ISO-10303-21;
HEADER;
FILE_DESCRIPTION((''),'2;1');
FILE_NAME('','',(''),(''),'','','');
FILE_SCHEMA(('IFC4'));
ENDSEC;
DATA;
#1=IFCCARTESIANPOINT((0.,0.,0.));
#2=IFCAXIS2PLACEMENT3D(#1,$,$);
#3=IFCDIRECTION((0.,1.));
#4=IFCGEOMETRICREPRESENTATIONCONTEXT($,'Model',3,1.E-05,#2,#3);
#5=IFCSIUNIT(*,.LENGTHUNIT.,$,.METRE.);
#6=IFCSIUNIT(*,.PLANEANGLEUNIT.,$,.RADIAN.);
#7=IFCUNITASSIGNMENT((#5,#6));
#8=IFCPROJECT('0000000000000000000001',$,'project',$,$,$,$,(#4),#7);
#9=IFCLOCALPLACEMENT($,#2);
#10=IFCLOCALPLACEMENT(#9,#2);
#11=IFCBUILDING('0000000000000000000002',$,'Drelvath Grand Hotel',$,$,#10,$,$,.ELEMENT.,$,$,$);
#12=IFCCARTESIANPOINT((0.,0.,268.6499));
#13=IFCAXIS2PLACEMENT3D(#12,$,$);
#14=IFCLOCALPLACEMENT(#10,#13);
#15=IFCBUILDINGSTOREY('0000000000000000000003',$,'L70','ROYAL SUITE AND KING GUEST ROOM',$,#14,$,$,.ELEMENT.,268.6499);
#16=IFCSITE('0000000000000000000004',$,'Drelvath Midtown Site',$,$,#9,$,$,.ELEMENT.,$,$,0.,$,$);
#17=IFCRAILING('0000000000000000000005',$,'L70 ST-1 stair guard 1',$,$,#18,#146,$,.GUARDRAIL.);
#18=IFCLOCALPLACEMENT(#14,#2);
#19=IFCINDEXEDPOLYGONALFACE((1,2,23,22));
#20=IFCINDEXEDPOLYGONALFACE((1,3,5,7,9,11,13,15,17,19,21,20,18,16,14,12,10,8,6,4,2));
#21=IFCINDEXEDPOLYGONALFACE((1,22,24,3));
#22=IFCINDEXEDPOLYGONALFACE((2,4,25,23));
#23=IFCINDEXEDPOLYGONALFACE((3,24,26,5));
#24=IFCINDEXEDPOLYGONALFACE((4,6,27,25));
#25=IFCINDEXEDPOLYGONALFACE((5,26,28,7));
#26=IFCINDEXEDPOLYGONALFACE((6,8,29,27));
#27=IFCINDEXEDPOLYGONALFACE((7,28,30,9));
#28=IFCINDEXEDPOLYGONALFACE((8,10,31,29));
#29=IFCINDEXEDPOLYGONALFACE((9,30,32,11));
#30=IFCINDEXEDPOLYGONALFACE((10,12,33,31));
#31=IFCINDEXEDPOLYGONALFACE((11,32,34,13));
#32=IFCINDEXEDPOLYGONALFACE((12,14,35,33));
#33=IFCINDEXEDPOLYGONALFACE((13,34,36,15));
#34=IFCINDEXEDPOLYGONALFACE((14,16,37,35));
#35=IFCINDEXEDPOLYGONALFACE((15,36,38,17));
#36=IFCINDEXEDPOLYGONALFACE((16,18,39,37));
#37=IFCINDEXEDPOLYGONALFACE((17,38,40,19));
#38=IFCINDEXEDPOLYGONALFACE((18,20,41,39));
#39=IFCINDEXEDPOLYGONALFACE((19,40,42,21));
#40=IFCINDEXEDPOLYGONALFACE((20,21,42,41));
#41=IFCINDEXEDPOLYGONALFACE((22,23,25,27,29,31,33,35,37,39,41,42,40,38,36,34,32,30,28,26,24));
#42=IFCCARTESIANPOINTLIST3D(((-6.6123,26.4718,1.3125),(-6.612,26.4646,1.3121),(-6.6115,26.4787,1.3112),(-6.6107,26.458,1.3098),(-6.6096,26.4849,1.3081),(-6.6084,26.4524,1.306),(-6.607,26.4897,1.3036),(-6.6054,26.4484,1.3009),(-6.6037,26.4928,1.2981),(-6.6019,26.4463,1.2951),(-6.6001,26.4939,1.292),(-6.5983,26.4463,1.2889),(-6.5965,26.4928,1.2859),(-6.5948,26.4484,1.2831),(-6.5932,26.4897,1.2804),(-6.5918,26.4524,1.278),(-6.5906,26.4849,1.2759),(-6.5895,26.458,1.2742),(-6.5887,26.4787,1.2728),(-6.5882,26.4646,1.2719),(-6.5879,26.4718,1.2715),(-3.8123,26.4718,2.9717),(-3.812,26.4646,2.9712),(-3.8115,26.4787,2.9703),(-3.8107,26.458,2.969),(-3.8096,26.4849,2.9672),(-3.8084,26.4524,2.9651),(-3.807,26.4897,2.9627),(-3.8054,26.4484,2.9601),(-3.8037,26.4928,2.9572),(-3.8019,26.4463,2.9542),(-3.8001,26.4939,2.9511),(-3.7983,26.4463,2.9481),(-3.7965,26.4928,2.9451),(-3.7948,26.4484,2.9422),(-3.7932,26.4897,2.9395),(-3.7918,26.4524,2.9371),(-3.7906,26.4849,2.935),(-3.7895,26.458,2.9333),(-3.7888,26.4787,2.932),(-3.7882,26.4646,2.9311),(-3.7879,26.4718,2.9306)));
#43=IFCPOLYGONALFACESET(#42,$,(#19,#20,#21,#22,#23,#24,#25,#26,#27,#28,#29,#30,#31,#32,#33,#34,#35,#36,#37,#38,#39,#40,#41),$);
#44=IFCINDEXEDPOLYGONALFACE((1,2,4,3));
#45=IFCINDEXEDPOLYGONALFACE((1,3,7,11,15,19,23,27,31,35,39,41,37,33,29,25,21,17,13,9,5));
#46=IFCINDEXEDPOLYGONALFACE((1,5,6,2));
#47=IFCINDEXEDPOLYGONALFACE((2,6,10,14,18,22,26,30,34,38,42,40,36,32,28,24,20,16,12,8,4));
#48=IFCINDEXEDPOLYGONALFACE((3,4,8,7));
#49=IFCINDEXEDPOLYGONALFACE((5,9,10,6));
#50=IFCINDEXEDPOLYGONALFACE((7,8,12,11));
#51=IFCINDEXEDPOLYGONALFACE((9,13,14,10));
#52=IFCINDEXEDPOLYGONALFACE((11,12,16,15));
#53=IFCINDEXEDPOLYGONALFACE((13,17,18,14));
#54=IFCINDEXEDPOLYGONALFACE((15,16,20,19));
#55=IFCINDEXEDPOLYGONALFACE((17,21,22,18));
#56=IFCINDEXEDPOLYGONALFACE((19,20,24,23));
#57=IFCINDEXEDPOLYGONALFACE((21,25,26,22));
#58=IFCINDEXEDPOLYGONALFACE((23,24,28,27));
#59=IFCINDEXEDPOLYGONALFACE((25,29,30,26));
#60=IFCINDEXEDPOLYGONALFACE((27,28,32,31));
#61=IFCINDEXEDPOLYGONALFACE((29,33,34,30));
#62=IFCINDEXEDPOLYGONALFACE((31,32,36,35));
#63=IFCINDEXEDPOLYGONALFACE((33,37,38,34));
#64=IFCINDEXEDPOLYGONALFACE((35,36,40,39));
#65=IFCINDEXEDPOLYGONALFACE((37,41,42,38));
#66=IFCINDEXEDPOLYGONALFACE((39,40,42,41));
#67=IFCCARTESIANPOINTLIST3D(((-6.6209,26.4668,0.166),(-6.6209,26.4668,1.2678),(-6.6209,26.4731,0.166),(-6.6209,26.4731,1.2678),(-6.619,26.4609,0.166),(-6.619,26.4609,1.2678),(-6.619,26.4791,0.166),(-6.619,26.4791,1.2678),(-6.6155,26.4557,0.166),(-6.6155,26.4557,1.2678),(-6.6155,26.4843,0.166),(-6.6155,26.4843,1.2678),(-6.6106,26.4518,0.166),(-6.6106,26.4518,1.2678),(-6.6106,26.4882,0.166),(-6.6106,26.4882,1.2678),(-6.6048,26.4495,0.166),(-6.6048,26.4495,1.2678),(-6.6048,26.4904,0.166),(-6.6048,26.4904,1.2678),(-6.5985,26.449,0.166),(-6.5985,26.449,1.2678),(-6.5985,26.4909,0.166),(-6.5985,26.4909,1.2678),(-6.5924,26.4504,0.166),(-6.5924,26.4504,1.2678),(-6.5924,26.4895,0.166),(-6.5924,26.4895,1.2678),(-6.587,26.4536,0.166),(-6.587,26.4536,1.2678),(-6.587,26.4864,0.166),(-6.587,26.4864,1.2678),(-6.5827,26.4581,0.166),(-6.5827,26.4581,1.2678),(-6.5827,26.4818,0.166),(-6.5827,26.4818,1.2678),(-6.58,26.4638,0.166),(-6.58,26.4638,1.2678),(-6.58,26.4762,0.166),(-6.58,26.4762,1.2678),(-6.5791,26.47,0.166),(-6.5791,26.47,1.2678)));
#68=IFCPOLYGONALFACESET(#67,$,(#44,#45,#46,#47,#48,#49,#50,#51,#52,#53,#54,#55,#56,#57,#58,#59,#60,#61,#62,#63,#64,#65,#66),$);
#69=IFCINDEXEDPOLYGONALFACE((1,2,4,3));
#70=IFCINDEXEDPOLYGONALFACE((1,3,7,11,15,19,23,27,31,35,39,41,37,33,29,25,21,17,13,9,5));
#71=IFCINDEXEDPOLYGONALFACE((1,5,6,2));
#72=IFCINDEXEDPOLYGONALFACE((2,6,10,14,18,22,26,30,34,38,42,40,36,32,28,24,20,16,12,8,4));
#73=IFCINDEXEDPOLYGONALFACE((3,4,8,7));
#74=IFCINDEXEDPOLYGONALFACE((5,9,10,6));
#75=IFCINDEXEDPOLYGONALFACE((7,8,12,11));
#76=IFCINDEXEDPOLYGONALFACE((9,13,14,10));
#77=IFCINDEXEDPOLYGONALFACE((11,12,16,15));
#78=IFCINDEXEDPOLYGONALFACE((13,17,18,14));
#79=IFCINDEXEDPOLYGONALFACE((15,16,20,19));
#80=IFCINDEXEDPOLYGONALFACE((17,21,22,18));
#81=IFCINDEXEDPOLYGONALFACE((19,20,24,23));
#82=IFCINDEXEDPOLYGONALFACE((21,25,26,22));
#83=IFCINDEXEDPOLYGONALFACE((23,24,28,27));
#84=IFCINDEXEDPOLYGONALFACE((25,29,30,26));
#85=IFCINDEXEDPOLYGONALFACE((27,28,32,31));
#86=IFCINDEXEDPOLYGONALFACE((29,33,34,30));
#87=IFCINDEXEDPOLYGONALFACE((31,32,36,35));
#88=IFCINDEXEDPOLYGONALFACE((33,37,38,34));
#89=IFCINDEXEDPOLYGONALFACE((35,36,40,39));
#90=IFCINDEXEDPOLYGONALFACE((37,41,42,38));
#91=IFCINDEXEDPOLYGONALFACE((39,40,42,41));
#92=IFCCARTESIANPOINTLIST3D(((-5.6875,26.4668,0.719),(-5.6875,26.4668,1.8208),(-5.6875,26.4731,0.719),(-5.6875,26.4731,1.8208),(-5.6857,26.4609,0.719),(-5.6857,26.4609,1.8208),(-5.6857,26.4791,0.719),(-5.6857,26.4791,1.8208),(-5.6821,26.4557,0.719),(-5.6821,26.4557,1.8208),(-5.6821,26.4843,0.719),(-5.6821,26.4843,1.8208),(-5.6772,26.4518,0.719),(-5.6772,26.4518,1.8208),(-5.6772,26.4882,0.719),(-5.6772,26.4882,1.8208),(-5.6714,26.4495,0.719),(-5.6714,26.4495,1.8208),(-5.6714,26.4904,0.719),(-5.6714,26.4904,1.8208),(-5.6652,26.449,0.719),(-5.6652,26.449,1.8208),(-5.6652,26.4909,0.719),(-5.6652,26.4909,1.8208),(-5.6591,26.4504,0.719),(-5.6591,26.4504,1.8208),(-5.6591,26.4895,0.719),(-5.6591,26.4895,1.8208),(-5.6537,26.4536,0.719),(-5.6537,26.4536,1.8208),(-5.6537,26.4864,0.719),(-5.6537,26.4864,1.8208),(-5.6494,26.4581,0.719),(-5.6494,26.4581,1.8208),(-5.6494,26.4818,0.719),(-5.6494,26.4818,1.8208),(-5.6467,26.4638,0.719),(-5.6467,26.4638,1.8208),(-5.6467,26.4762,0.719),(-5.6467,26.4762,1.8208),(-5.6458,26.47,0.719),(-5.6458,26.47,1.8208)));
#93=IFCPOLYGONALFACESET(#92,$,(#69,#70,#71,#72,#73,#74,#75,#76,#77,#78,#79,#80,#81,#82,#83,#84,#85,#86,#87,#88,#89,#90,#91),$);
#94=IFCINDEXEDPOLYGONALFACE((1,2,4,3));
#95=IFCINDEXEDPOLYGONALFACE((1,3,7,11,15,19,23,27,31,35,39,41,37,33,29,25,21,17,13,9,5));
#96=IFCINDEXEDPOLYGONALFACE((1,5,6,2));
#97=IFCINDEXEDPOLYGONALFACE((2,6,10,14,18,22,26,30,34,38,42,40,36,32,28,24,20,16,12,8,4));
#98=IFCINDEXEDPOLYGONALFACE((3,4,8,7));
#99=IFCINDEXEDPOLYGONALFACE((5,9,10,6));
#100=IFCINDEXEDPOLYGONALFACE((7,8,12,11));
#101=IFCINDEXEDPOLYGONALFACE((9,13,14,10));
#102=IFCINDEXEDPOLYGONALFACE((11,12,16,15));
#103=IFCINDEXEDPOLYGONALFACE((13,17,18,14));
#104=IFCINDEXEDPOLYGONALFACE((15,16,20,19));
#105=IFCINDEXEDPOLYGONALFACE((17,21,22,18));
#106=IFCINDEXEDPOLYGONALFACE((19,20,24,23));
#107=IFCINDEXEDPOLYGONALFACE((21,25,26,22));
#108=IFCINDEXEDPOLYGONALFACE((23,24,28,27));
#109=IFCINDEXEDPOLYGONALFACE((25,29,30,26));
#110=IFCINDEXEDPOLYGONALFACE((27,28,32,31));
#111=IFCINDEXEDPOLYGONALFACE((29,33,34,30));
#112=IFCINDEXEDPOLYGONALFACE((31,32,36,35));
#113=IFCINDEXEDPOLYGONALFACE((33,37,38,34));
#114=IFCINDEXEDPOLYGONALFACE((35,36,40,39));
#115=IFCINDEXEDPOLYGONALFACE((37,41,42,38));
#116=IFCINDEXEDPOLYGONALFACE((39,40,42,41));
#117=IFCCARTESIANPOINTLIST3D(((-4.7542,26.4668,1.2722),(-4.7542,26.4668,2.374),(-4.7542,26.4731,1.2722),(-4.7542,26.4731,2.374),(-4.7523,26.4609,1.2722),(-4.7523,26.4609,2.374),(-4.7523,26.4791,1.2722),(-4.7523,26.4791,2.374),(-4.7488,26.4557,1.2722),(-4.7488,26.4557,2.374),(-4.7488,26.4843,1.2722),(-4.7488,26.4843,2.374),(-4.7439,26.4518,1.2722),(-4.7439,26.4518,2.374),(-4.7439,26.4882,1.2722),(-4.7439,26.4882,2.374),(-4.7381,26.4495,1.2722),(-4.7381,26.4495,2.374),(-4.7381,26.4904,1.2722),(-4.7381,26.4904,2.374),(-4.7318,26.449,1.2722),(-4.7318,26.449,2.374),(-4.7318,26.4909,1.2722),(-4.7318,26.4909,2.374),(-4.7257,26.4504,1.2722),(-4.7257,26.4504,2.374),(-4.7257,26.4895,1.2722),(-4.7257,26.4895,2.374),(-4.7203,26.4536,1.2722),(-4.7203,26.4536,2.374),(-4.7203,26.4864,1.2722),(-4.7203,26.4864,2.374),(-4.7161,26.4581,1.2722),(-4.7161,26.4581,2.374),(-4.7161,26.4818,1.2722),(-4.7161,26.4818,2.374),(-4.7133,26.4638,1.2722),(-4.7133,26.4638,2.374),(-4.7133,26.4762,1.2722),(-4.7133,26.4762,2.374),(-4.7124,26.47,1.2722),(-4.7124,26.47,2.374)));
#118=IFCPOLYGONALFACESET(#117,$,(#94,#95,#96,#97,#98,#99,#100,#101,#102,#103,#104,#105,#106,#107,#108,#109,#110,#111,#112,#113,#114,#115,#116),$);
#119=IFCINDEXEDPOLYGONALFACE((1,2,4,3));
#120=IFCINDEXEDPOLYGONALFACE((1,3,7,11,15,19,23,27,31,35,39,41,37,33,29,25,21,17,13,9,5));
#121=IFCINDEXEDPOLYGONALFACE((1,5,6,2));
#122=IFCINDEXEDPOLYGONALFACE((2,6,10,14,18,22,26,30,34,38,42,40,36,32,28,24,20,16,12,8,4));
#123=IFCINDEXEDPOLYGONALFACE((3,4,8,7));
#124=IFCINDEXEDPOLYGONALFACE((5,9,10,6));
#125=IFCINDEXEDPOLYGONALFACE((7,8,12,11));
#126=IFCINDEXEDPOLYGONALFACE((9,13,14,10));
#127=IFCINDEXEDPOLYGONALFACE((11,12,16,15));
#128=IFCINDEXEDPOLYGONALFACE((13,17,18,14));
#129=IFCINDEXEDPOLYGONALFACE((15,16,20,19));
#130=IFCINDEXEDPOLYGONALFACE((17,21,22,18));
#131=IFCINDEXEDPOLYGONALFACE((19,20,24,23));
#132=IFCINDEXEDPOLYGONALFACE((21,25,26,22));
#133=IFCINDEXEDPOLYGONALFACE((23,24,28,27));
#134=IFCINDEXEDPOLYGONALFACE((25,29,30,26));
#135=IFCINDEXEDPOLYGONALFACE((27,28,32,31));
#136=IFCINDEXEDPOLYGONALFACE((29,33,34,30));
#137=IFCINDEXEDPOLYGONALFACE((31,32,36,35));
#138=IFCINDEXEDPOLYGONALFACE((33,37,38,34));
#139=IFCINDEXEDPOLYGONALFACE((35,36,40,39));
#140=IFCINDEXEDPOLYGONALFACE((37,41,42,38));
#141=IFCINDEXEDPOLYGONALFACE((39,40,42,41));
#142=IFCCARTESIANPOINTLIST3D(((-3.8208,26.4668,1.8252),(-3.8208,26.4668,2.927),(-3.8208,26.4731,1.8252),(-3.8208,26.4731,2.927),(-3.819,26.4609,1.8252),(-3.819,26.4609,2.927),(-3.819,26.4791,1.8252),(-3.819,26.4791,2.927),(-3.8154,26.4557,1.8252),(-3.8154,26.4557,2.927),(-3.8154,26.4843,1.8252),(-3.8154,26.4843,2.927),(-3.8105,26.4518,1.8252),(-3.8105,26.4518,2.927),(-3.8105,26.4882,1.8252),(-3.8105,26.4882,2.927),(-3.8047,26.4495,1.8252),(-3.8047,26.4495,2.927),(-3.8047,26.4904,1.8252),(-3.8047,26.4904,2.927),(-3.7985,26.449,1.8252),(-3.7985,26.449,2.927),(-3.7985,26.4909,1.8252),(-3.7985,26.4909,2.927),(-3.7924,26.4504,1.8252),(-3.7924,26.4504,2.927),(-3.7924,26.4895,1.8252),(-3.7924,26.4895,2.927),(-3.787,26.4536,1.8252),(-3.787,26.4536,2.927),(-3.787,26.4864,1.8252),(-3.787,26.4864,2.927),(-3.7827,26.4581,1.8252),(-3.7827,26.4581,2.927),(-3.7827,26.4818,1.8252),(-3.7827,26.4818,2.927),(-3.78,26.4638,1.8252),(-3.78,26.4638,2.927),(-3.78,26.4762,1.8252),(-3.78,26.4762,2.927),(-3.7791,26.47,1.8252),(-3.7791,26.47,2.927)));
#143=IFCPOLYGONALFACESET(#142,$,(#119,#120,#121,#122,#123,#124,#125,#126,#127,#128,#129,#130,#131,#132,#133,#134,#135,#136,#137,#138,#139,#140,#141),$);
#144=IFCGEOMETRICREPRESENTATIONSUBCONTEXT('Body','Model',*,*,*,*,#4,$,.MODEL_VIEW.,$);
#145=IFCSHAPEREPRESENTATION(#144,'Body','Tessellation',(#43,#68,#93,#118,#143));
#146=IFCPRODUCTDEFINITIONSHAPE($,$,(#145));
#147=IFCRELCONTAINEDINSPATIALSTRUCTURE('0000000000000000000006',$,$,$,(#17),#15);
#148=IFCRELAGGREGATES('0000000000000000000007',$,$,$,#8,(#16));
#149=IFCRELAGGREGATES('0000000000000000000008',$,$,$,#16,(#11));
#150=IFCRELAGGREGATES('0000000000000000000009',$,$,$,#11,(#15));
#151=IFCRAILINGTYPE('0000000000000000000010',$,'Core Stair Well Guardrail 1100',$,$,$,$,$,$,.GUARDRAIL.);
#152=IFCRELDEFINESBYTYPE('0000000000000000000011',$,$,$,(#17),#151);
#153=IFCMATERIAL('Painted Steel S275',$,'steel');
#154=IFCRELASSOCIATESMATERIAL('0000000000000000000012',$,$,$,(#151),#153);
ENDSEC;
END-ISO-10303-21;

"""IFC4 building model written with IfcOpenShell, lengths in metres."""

from ifc_helpers import new_model, si_unit, direction, frame, origin, origin_2d, place, context, subcontext, project, spatial, circle, extrude, material, type_object, element, save


model = new_model("IFC4")

# Units and contexts
model_context = context("Model", 3, precision=1e-05, world=origin(), true_north=direction((0.0, 1.0)))
body_context = subcontext(model_context, "Body", "Model", "MODEL_VIEW")
ifc_project = project(units=[si_unit("LENGTHUNIT", "METRE"), si_unit("PLANEANGLEUNIT", "RADIAN")], contexts=[model_context])

# Site, building, storey
site_placement = place(None, origin())
site = spatial("IfcSite", under=ifc_project, at=site_placement, Name="Drelvath Midtown Site", CompositionType="ELEMENT", RefElevation=0.0)
building_placement = place(site_placement, origin())
building = spatial("IfcBuilding", under=site, at=building_placement, Name="Drelvath Grand Hotel", CompositionType="ELEMENT")
storey_placement = place(building_placement, frame((0.0, 0.0, 268.6499)))
storey = spatial("IfcBuildingStorey", under=building, at=storey_placement, Name="L70", Description="ROYAL SUITE AND KING GUEST ROOM", CompositionType="ELEMENT", Elevation=268.6499)

# Shared definitions
ifc_material_1 = material(Name="Painted Steel S275", Category="steel")

# Railing
railing_type_1 = type_object("IfcRailingType", Name="Core Stair Well Guardrail 1100", PredefinedType="GUARDRAIL", material=ifc_material_1)
railing_1_placement = place(storey_placement, frame((-6.6001, 26.47, 0.166)))
element("IfcRailing", 1, at=railing_1_placement, inside=storey, type_object=railing_type_1, Name="L70 ST-1 stair guard 1", PredefinedType="GUARDRAIL", context=body_context, shape_type="SweptSolid", body=[
    extrude(circle(Radius=0.0239, at=origin_2d()), frame((0.0, 0.0, 1.126), z_axis=(0.860306, 0.0, 0.509778), x_axis=(0.0, 1.0, 0.0)), (0.0, 0.0, 1.0), 3.2546),
    extrude(circle(Radius=0.021, at=origin_2d()), origin(), (0.0, 0.0, 1.0), 1.1018),
    extrude(circle(Radius=0.021, at=origin_2d()), frame((0.9333, 0.0, 0.553)), (0.0, 0.0, 1.0), 1.1018),
    extrude(circle(Radius=0.021, at=origin_2d()), frame((1.8667, 0.0, 1.1062)), (0.0, 0.0, 1.0), 1.1018),
    extrude(circle(Radius=0.021, at=origin_2d()), frame((2.8, 0.0, 1.6592)), (0.0, 0.0, 1.0), 1.1018),
])

save(model, "model.ifc")
